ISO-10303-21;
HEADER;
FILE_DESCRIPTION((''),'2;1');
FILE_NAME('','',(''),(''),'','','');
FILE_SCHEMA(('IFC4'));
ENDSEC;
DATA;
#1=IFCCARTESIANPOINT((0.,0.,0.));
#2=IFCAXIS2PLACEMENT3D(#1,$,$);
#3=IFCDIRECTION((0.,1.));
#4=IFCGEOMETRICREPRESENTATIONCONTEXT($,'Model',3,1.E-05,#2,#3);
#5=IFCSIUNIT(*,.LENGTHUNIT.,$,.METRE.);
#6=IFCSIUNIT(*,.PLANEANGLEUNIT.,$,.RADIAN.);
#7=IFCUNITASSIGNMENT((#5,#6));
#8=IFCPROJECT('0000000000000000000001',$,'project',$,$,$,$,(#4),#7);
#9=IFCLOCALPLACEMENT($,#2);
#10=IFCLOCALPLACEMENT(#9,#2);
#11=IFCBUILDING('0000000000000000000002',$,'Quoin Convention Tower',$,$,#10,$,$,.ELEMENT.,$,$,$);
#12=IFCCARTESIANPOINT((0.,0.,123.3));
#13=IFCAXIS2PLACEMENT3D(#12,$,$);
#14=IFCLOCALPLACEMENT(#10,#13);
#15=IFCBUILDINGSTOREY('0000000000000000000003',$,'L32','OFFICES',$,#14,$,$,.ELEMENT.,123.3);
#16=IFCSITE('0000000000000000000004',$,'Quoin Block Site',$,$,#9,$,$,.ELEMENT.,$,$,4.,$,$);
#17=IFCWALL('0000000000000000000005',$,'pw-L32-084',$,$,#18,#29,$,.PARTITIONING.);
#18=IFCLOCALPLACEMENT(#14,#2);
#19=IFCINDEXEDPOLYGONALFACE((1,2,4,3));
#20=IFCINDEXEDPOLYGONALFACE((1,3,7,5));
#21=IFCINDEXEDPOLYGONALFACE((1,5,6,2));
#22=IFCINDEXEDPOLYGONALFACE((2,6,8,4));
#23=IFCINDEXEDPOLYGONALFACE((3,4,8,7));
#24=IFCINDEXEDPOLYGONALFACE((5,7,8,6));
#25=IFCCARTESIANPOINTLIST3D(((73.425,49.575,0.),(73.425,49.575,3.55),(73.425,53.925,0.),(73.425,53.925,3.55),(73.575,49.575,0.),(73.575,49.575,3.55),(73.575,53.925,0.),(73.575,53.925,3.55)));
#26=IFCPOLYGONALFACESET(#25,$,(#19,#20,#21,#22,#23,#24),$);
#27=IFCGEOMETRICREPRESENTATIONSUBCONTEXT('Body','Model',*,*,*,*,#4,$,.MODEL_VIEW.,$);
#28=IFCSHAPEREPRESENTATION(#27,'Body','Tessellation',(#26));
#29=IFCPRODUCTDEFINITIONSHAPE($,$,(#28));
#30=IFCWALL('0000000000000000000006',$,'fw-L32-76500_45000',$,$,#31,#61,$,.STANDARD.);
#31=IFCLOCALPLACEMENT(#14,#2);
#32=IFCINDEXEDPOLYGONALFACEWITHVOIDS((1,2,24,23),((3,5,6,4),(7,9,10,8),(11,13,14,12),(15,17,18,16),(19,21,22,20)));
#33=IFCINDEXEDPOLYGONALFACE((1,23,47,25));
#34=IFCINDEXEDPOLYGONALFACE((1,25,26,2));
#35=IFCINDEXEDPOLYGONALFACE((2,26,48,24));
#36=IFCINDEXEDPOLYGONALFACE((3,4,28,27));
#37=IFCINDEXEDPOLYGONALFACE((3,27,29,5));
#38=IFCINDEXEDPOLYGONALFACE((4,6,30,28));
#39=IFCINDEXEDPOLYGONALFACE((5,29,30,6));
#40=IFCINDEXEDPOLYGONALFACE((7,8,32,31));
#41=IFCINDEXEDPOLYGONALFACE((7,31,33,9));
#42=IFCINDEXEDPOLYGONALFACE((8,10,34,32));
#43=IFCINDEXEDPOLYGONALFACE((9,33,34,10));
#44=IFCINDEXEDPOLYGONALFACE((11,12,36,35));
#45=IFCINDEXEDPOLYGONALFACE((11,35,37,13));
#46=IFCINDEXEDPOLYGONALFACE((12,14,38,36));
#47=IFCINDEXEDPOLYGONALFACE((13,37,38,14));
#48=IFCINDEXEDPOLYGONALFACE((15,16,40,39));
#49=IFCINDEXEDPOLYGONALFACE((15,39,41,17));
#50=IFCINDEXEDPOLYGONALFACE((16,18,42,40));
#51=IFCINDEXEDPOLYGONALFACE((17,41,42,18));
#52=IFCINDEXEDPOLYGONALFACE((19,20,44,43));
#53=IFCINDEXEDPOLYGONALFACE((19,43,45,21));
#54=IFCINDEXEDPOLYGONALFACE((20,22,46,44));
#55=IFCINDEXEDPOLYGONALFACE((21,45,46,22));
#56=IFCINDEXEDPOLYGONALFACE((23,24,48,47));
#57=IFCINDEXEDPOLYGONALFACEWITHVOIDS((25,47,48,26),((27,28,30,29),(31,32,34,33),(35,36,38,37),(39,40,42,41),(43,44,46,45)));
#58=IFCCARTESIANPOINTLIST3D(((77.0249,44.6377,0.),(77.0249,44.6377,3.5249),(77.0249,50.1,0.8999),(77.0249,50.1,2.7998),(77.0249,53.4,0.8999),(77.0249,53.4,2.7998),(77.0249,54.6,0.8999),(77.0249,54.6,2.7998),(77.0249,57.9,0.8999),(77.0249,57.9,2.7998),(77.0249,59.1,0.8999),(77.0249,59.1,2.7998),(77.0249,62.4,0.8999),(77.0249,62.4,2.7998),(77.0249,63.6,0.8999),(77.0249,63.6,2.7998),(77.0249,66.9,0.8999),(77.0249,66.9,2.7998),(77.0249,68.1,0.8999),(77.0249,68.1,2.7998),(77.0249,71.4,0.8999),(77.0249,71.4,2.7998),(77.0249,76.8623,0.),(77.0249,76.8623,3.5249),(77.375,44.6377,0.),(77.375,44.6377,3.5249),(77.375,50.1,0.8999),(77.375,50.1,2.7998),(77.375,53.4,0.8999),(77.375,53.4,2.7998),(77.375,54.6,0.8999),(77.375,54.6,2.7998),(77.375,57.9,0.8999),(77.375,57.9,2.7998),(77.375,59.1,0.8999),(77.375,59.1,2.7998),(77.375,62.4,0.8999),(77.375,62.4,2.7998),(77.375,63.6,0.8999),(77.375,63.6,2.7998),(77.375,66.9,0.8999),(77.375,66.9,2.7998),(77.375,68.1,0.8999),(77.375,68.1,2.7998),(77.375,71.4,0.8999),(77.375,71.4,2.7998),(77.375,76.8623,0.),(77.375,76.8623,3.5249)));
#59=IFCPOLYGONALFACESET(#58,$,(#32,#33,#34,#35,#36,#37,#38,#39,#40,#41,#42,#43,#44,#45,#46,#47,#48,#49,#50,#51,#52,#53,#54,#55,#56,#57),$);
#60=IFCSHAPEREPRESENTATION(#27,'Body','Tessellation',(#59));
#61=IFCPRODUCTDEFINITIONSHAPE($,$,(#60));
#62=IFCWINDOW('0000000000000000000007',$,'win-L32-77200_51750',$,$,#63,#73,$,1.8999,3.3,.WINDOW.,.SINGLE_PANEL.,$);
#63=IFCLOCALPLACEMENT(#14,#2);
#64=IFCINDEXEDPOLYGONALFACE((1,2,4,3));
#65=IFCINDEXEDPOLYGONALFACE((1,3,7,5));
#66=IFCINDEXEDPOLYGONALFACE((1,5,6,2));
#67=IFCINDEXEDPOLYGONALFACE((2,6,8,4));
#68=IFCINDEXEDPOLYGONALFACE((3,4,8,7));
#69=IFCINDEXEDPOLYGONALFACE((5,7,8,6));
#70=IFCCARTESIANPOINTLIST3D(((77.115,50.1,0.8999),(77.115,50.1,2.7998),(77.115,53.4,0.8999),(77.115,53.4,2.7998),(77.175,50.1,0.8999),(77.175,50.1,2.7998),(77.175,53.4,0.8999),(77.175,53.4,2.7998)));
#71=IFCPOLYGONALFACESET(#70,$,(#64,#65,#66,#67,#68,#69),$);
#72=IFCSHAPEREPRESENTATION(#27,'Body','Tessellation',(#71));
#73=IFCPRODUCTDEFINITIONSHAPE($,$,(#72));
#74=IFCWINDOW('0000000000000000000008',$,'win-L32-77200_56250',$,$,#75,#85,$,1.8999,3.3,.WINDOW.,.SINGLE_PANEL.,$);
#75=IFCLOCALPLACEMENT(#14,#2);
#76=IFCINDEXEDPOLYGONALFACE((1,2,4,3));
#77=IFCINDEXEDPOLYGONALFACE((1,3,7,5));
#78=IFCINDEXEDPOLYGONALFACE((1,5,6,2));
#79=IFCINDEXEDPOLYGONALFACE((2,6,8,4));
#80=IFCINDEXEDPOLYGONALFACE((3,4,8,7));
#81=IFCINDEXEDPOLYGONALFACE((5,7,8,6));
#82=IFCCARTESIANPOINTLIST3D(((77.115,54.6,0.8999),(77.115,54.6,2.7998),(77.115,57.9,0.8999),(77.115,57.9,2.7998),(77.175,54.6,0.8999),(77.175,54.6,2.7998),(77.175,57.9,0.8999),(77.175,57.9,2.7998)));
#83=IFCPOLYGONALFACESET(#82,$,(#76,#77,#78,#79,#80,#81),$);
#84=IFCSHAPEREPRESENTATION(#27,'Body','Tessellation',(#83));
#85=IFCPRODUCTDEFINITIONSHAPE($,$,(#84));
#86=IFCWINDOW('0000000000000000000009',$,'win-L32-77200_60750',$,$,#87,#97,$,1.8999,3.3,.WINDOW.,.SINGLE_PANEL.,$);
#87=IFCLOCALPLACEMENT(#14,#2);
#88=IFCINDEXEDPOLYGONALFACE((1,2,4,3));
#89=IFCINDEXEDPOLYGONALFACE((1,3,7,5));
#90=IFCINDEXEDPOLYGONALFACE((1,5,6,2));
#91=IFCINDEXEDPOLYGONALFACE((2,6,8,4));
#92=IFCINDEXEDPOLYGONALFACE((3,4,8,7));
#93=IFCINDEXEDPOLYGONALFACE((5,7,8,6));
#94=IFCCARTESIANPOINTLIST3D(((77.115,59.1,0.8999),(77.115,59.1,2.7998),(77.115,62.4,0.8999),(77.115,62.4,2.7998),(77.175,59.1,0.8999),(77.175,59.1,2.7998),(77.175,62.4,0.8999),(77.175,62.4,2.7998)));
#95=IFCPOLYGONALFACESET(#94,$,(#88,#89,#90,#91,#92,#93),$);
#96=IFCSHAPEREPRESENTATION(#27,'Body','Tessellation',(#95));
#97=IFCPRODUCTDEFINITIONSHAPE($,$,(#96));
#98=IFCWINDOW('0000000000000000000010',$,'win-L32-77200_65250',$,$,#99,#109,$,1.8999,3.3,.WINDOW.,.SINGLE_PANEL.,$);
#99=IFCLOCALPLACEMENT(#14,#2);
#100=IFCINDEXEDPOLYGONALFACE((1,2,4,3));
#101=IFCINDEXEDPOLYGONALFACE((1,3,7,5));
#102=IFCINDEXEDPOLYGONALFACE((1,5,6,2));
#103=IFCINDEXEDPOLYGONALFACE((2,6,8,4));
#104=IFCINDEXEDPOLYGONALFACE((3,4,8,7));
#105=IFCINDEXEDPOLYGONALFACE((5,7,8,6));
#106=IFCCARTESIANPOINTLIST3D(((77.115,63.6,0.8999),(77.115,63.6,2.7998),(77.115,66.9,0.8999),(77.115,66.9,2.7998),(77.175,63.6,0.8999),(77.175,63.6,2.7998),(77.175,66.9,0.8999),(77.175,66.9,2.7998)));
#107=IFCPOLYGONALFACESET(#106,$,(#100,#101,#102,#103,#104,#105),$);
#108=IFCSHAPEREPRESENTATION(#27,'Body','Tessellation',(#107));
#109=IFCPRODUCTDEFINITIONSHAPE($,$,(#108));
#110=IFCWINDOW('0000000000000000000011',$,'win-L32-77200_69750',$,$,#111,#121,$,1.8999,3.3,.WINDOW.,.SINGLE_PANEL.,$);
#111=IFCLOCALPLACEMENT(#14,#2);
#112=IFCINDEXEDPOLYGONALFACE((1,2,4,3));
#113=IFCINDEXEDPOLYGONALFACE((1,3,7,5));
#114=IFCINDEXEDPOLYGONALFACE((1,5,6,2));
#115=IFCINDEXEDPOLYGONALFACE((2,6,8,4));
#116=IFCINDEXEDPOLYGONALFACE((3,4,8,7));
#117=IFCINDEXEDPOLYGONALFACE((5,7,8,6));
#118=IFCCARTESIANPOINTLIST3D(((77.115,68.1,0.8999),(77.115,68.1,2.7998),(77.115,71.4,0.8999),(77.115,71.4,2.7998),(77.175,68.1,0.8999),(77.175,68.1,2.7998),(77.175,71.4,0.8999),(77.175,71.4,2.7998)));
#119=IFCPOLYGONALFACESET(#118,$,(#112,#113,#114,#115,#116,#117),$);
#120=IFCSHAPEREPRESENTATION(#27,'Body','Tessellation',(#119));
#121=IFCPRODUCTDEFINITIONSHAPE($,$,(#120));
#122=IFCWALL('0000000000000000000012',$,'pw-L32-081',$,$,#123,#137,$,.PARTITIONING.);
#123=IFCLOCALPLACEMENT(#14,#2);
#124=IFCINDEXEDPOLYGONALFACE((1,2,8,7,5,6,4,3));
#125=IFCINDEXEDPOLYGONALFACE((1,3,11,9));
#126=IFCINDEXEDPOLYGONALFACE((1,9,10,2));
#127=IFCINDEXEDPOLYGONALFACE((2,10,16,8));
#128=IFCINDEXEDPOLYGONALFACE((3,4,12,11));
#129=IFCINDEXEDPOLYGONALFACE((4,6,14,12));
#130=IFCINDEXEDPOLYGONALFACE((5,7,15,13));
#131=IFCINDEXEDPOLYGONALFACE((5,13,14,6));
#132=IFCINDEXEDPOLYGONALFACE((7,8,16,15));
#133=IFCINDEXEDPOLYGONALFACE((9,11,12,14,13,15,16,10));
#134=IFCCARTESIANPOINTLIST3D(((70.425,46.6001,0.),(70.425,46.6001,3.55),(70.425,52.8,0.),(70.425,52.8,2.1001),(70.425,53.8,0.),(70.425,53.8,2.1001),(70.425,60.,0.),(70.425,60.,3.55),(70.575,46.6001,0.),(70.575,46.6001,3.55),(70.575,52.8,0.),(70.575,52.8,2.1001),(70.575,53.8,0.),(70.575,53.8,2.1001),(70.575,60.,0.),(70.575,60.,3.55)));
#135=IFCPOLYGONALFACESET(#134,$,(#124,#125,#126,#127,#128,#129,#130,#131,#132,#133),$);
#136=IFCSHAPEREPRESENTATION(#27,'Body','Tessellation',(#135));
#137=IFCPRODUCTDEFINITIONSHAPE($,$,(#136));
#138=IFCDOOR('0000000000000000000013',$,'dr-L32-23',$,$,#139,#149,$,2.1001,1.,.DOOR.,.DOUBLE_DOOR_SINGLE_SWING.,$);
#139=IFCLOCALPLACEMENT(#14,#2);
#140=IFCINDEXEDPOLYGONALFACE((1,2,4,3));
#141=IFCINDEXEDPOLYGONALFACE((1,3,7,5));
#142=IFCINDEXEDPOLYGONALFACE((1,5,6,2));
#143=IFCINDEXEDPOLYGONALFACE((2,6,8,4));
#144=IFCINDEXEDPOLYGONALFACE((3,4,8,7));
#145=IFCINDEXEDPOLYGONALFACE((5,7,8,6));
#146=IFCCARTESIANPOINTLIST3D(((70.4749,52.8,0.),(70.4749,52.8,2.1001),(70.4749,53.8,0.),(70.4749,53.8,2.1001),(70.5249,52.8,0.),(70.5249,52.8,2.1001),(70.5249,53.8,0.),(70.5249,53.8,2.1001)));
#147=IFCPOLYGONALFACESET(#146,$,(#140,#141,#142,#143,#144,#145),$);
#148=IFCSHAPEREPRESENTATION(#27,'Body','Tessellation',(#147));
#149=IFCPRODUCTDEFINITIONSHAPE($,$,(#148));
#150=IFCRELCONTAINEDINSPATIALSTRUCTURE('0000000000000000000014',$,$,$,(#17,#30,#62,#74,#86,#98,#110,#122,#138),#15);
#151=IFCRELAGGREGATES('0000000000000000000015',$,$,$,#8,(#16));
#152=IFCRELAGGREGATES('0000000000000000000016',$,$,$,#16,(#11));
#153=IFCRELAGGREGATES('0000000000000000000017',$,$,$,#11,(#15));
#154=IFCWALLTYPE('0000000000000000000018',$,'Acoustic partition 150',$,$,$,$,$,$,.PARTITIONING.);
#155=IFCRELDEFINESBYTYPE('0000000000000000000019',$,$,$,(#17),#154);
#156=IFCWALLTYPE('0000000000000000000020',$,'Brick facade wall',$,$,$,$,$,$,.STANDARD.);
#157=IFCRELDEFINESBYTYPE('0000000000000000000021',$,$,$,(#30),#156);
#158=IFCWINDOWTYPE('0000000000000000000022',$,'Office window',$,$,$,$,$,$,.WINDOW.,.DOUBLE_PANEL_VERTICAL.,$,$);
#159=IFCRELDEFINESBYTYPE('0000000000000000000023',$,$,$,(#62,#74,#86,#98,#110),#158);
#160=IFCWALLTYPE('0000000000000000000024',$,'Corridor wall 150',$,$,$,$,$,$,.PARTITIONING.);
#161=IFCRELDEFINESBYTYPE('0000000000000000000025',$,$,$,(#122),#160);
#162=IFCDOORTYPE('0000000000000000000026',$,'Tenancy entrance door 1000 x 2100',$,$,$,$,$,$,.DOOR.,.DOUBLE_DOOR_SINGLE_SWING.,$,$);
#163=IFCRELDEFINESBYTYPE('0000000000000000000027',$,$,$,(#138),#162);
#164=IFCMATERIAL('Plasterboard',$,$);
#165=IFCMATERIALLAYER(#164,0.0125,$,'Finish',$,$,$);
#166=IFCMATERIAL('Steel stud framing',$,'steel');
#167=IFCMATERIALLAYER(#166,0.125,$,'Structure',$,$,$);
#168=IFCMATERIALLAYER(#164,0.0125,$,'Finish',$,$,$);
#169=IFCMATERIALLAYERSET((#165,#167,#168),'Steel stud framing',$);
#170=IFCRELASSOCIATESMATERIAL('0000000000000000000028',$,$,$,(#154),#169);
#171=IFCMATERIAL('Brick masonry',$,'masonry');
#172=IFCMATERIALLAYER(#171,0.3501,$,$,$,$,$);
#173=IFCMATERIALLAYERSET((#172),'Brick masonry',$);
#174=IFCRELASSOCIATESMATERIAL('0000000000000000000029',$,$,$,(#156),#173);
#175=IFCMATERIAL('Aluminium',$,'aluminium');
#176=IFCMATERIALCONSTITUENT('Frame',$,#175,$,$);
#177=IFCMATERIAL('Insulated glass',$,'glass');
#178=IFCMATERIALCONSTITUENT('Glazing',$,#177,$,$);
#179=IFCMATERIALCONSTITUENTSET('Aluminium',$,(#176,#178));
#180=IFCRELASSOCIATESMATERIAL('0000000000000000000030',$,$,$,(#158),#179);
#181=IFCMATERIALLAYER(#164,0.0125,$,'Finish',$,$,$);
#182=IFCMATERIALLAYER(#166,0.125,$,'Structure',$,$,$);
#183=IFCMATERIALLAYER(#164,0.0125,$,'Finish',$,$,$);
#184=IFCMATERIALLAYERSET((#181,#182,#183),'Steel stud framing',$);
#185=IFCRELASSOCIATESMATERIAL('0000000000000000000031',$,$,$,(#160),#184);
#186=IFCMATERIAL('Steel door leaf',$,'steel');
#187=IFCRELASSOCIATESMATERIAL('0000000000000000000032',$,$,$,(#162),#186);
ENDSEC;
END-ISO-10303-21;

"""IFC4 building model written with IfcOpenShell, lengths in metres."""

from ifc_helpers import new_model, si_unit, direction, frame, frame_2d, origin, place, context, subcontext, project, spatial, rectangle, extrude, material, layer, layer_set, constituent, constituent_set, type_object, element, fill, save


model = new_model("IFC4")

# Units and contexts
model_context = context("Model", 3, precision=1e-05, world=origin(), true_north=direction((0.0, 1.0)))
body_context = subcontext(model_context, "Body", "Model", "MODEL_VIEW")
ifc_project = project(units=[si_unit("LENGTHUNIT", "METRE"), si_unit("PLANEANGLEUNIT", "RADIAN")], contexts=[model_context])

# Site, building, storey
site_placement = place(None, origin())
site = spatial("IfcSite", under=ifc_project, at=site_placement, Name="Quoin Block Site", CompositionType="ELEMENT", RefElevation=4.0)
building_placement = place(site_placement, origin())
building = spatial("IfcBuilding", under=site, at=building_placement, Name="Quoin Convention Tower", CompositionType="ELEMENT")
storey_placement = place(building_placement, frame((0.0, 0.0, 123.3)))
storey = spatial("IfcBuildingStorey", under=building, at=storey_placement, Name="L32", Description="OFFICES", CompositionType="ELEMENT", Elevation=123.3)

# Shared definitions
ifc_material_1 = material(Name="Plasterboard")
ifc_layer_1 = layer(ifc_material_1, 0.0125, Name="Finish")
ifc_material_2 = material(Name="Steel stud framing", Category="steel")
ifc_layer_2 = layer(ifc_material_2, 0.125, Name="Structure")
ifc_layer_3 = layer(ifc_material_1, 0.0125, Name="Finish")
ifc_layer_set_1 = layer_set([ifc_layer_1, ifc_layer_2, ifc_layer_3], Name="Steel stud framing")
wall_type_1 = type_object("IfcWallType", Name="Acoustic partition 150", PredefinedType="PARTITIONING", material=ifc_layer_set_1)
ifc_material_3 = material(Name="Steel door leaf", Category="steel")

# Wall
wall_1_placement = place(storey_placement, frame((73.5, 49.575, 0.0), z_axis=(0.0, 0.0, 1.0), x_axis=(0.0, 1.0, 0.0)))
element("IfcWall", 1, at=wall_1_placement, inside=storey, type_object=wall_type_1, Name="pw-L32-084", PredefinedType="PARTITIONING", context=body_context, shape_type="SweptSolid", body=[
    extrude(rectangle(XDim=4.3501, YDim=0.1499, at=frame_2d((2.175, 0.0))), origin(), (0.0, 0.0, 1.0), 3.55),
])

# Wall, openings, windows
ifc_material_4 = material(Name="Brick masonry", Category="masonry")
ifc_layer_4 = layer(ifc_material_4, 0.3501)
ifc_layer_set_2 = layer_set([ifc_layer_4], Name="Brick masonry")
wall_type_2 = type_object("IfcWallType", Name="Brick facade wall", PredefinedType="STANDARD", material=ifc_layer_set_2)
wall_2_placement = place(storey_placement, frame((77.2, 44.6377, 0.0), z_axis=(0.0, 0.0, 1.0), x_axis=(0.0, 1.0, 0.0)))
wall_2 = element("IfcWall", 2, at=wall_2_placement, inside=storey, type_object=wall_type_2, Name="fw-L32-76500_45000", PredefinedType="STANDARD", context=body_context, shape_type="SweptSolid", body=[
    extrude(rectangle(XDim=32.2246, YDim=0.3501, at=frame_2d((16.1123, 0.0))), origin(), (0.0, 0.0, 1.0), 3.5249),
])
opening_1_placement = place(wall_2_placement, frame((5.4624, 0.0, 0.8999)))
opening_1 = element("IfcOpeningElement", 3, at=opening_1_placement, cuts=wall_2, PredefinedType="OPENING", context=body_context, shape_type="SweptSolid", body=[
    extrude(rectangle(XDim=3.3, YDim=1.8999, at=frame_2d((1.6499, 0.95))), frame((0.0, 0.1851, 0.0), z_axis=(0.0, -1.0, 0.0), x_axis=(1.0, 0.0, 0.0)), (0.0, 0.0, 1.0), 0.3701),
])
opening_2_placement = place(wall_2_placement, frame((9.9624, 0.0, 0.8999)))
opening_2 = element("IfcOpeningElement", 4, at=opening_2_placement, cuts=wall_2, PredefinedType="OPENING", context=body_context, shape_type="SweptSolid", body=[
    extrude(rectangle(XDim=3.3, YDim=1.8999, at=frame_2d((1.6499, 0.95))), frame((0.0, 0.1851, 0.0), z_axis=(0.0, -1.0, 0.0), x_axis=(1.0, 0.0, 0.0)), (0.0, 0.0, 1.0), 0.3701),
])
opening_3_placement = place(wall_2_placement, frame((14.4624, 0.0, 0.8999)))
opening_3 = element("IfcOpeningElement", 5, at=opening_3_placement, cuts=wall_2, PredefinedType="OPENING", context=body_context, shape_type="SweptSolid", body=[
    extrude(rectangle(XDim=3.3, YDim=1.8999, at=frame_2d((1.6499, 0.95))), frame((0.0, 0.1851, 0.0), z_axis=(0.0, -1.0, 0.0), x_axis=(1.0, 0.0, 0.0)), (0.0, 0.0, 1.0), 0.3701),
])
opening_4_placement = place(wall_2_placement, frame((18.9624, 0.0, 0.8999)))
opening_4 = element("IfcOpeningElement", 6, at=opening_4_placement, cuts=wall_2, PredefinedType="OPENING", context=body_context, shape_type="SweptSolid", body=[
    extrude(rectangle(XDim=3.3, YDim=1.8999, at=frame_2d((1.6499, 0.95))), frame((0.0, 0.1851, 0.0), z_axis=(0.0, -1.0, 0.0), x_axis=(1.0, 0.0, 0.0)), (0.0, 0.0, 1.0), 0.3701),
])
opening_5_placement = place(wall_2_placement, frame((23.4624, 0.0, 0.8999)))
opening_5 = element("IfcOpeningElement", 7, at=opening_5_placement, cuts=wall_2, PredefinedType="OPENING", context=body_context, shape_type="SweptSolid", body=[
    extrude(rectangle(XDim=3.3, YDim=1.8999, at=frame_2d((1.6499, 0.95))), frame((0.0, 0.1851, 0.0), z_axis=(0.0, -1.0, 0.0), x_axis=(1.0, 0.0, 0.0)), (0.0, 0.0, 1.0), 0.3701),
])
ifc_material_5 = material(Name="Aluminium", Category="aluminium")
ifc_constituent_1 = constituent(ifc_material_5, Name="Frame")
ifc_material_6 = material(Name="Insulated glass", Category="glass")
ifc_constituent_2 = constituent(ifc_material_6, Name="Glazing")
ifc_constituent_set = constituent_set(constituents=[ifc_constituent_1, ifc_constituent_2], Name="Aluminium")
window_type = type_object("IfcWindowType", Name="Office window", PartitioningType="DOUBLE_PANEL_VERTICAL", PredefinedType="WINDOW", material=ifc_constituent_set)
window_1_placement = place(opening_1_placement, origin())
window_1 = element("IfcWindow", 8, at=window_1_placement, inside=storey, type_object=window_type, Name="win-L32-77200_51750", OverallHeight=1.8999, OverallWidth=3.3, PartitioningType="SINGLE_PANEL", PredefinedType="WINDOW", context=body_context, shape_type="SweptSolid", body=[
    extrude(rectangle(XDim=3.3, YDim=1.8999, at=frame_2d((1.6499, 0.95))), frame((0.0, 0.085, 0.0), z_axis=(0.0, -1.0, 0.0), x_axis=(1.0, 0.0, 0.0)), (0.0, 0.0, 1.0), 0.0601),
])
fill(opening_1, window_1)
window_2_placement = place(opening_2_placement, origin())
window_2 = element("IfcWindow", 9, at=window_2_placement, inside=storey, type_object=window_type, Name="win-L32-77200_56250", OverallHeight=1.8999, OverallWidth=3.3, PartitioningType="SINGLE_PANEL", PredefinedType="WINDOW", context=body_context, shape_type="SweptSolid", body=[
    extrude(rectangle(XDim=3.3, YDim=1.8999, at=frame_2d((1.6499, 0.95))), frame((0.0, 0.085, 0.0), z_axis=(0.0, -1.0, 0.0), x_axis=(1.0, 0.0, 0.0)), (0.0, 0.0, 1.0), 0.0601),
])
fill(opening_2, window_2)
window_3_placement = place(opening_3_placement, origin())
window_3 = element("IfcWindow", 10, at=window_3_placement, inside=storey, type_object=window_type, Name="win-L32-77200_60750", OverallHeight=1.8999, OverallWidth=3.3, PartitioningType="SINGLE_PANEL", PredefinedType="WINDOW", context=body_context, shape_type="SweptSolid", body=[
    extrude(rectangle(XDim=3.3, YDim=1.8999, at=frame_2d((1.6499, 0.95))), frame((0.0, 0.085, 0.0), z_axis=(0.0, -1.0, 0.0), x_axis=(1.0, 0.0, 0.0)), (0.0, 0.0, 1.0), 0.0601),
])
fill(opening_3, window_3)
window_4_placement = place(opening_4_placement, origin())
window_4 = element("IfcWindow", 11, at=window_4_placement, inside=storey, type_object=window_type, Name="win-L32-77200_65250", OverallHeight=1.8999, OverallWidth=3.3, PartitioningType="SINGLE_PANEL", PredefinedType="WINDOW", context=body_context, shape_type="SweptSolid", body=[
    extrude(rectangle(XDim=3.3, YDim=1.8999, at=frame_2d((1.6499, 0.95))), frame((0.0, 0.085, 0.0), z_axis=(0.0, -1.0, 0.0), x_axis=(1.0, 0.0, 0.0)), (0.0, 0.0, 1.0), 0.0601),
])
fill(opening_4, window_4)
window_5_placement = place(opening_5_placement, origin())
window_5 = element("IfcWindow", 12, at=window_5_placement, inside=storey, type_object=window_type, Name="win-L32-77200_69750", OverallHeight=1.8999, OverallWidth=3.3, PartitioningType="SINGLE_PANEL", PredefinedType="WINDOW", context=body_context, shape_type="SweptSolid", body=[
    extrude(rectangle(XDim=3.3, YDim=1.8999, at=frame_2d((1.6499, 0.95))), frame((0.0, 0.085, 0.0), z_axis=(0.0, -1.0, 0.0), x_axis=(1.0, 0.0, 0.0)), (0.0, 0.0, 1.0), 0.0601),
])
fill(opening_5, window_5)

# Wall, opening, door
ifc_layer_5 = layer(ifc_material_1, 0.0125, Name="Finish")
ifc_layer_6 = layer(ifc_material_2, 0.125, Name="Structure")
ifc_layer_7 = layer(ifc_material_1, 0.0125, Name="Finish")
ifc_layer_set_3 = layer_set([ifc_layer_5, ifc_layer_6, ifc_layer_7], Name="Steel stud framing")
wall_type_3 = type_object("IfcWallType", Name="Corridor wall 150", PredefinedType="PARTITIONING", material=ifc_layer_set_3)
wall_3_placement = place(storey_placement, frame((70.5, 46.6001, 0.0), z_axis=(0.0, 0.0, 1.0), x_axis=(0.0, 1.0, 0.0)))
wall_3 = element("IfcWall", 13, at=wall_3_placement, inside=storey, type_object=wall_type_3, Name="pw-L32-081", PredefinedType="PARTITIONING", context=body_context, shape_type="SweptSolid", body=[
    extrude(rectangle(XDim=13.3999, YDim=0.1499, at=frame_2d((6.7, 0.0))), origin(), (0.0, 0.0, 1.0), 3.55),
])
opening_6_placement = place(wall_3_placement, frame((6.2, 0.0, 0.0)))
opening_6 = element("IfcOpeningElement", 14, at=opening_6_placement, cuts=wall_3, PredefinedType="OPENING", context=body_context, shape_type="SweptSolid", body=[
    extrude(rectangle(XDim=1.0, YDim=2.1001, at=frame_2d((0.5, 1.05))), frame((0.0, 0.085, 0.0), z_axis=(0.0, -1.0, 0.0), x_axis=(1.0, 0.0, 0.0)), (0.0, 0.0, 1.0), 0.1699),
])
door_type_1 = type_object("IfcDoorType", Name="Tenancy entrance door 1000 x 2100", OperationType="DOUBLE_DOOR_SINGLE_SWING", PredefinedType="DOOR", material=ifc_material_3)
door_1_placement = place(opening_6_placement, frame((1.0, 0.0, 0.0), z_axis=(0.0, 0.0, 1.0), x_axis=(-1.0, 0.0, 0.0)))
door_1 = element("IfcDoor", 15, at=door_1_placement, inside=storey, type_object=door_type_1, Name="dr-L32-23", OperationType="DOUBLE_DOOR_SINGLE_SWING", OverallHeight=2.1001, OverallWidth=1.0, PredefinedType="DOOR", context=body_context, shape_type="SweptSolid", body=[
    extrude(rectangle(XDim=1.0, YDim=2.1001, at=frame_2d((0.5, 1.05))), frame((0.0, 0.0249, 0.0), z_axis=(0.0, -1.0, 0.0), x_axis=(1.0, 0.0, 0.0)), (0.0, 0.0, 1.0), 0.05),
])
fill(opening_6, door_1)

save(model, "model.ifc")
